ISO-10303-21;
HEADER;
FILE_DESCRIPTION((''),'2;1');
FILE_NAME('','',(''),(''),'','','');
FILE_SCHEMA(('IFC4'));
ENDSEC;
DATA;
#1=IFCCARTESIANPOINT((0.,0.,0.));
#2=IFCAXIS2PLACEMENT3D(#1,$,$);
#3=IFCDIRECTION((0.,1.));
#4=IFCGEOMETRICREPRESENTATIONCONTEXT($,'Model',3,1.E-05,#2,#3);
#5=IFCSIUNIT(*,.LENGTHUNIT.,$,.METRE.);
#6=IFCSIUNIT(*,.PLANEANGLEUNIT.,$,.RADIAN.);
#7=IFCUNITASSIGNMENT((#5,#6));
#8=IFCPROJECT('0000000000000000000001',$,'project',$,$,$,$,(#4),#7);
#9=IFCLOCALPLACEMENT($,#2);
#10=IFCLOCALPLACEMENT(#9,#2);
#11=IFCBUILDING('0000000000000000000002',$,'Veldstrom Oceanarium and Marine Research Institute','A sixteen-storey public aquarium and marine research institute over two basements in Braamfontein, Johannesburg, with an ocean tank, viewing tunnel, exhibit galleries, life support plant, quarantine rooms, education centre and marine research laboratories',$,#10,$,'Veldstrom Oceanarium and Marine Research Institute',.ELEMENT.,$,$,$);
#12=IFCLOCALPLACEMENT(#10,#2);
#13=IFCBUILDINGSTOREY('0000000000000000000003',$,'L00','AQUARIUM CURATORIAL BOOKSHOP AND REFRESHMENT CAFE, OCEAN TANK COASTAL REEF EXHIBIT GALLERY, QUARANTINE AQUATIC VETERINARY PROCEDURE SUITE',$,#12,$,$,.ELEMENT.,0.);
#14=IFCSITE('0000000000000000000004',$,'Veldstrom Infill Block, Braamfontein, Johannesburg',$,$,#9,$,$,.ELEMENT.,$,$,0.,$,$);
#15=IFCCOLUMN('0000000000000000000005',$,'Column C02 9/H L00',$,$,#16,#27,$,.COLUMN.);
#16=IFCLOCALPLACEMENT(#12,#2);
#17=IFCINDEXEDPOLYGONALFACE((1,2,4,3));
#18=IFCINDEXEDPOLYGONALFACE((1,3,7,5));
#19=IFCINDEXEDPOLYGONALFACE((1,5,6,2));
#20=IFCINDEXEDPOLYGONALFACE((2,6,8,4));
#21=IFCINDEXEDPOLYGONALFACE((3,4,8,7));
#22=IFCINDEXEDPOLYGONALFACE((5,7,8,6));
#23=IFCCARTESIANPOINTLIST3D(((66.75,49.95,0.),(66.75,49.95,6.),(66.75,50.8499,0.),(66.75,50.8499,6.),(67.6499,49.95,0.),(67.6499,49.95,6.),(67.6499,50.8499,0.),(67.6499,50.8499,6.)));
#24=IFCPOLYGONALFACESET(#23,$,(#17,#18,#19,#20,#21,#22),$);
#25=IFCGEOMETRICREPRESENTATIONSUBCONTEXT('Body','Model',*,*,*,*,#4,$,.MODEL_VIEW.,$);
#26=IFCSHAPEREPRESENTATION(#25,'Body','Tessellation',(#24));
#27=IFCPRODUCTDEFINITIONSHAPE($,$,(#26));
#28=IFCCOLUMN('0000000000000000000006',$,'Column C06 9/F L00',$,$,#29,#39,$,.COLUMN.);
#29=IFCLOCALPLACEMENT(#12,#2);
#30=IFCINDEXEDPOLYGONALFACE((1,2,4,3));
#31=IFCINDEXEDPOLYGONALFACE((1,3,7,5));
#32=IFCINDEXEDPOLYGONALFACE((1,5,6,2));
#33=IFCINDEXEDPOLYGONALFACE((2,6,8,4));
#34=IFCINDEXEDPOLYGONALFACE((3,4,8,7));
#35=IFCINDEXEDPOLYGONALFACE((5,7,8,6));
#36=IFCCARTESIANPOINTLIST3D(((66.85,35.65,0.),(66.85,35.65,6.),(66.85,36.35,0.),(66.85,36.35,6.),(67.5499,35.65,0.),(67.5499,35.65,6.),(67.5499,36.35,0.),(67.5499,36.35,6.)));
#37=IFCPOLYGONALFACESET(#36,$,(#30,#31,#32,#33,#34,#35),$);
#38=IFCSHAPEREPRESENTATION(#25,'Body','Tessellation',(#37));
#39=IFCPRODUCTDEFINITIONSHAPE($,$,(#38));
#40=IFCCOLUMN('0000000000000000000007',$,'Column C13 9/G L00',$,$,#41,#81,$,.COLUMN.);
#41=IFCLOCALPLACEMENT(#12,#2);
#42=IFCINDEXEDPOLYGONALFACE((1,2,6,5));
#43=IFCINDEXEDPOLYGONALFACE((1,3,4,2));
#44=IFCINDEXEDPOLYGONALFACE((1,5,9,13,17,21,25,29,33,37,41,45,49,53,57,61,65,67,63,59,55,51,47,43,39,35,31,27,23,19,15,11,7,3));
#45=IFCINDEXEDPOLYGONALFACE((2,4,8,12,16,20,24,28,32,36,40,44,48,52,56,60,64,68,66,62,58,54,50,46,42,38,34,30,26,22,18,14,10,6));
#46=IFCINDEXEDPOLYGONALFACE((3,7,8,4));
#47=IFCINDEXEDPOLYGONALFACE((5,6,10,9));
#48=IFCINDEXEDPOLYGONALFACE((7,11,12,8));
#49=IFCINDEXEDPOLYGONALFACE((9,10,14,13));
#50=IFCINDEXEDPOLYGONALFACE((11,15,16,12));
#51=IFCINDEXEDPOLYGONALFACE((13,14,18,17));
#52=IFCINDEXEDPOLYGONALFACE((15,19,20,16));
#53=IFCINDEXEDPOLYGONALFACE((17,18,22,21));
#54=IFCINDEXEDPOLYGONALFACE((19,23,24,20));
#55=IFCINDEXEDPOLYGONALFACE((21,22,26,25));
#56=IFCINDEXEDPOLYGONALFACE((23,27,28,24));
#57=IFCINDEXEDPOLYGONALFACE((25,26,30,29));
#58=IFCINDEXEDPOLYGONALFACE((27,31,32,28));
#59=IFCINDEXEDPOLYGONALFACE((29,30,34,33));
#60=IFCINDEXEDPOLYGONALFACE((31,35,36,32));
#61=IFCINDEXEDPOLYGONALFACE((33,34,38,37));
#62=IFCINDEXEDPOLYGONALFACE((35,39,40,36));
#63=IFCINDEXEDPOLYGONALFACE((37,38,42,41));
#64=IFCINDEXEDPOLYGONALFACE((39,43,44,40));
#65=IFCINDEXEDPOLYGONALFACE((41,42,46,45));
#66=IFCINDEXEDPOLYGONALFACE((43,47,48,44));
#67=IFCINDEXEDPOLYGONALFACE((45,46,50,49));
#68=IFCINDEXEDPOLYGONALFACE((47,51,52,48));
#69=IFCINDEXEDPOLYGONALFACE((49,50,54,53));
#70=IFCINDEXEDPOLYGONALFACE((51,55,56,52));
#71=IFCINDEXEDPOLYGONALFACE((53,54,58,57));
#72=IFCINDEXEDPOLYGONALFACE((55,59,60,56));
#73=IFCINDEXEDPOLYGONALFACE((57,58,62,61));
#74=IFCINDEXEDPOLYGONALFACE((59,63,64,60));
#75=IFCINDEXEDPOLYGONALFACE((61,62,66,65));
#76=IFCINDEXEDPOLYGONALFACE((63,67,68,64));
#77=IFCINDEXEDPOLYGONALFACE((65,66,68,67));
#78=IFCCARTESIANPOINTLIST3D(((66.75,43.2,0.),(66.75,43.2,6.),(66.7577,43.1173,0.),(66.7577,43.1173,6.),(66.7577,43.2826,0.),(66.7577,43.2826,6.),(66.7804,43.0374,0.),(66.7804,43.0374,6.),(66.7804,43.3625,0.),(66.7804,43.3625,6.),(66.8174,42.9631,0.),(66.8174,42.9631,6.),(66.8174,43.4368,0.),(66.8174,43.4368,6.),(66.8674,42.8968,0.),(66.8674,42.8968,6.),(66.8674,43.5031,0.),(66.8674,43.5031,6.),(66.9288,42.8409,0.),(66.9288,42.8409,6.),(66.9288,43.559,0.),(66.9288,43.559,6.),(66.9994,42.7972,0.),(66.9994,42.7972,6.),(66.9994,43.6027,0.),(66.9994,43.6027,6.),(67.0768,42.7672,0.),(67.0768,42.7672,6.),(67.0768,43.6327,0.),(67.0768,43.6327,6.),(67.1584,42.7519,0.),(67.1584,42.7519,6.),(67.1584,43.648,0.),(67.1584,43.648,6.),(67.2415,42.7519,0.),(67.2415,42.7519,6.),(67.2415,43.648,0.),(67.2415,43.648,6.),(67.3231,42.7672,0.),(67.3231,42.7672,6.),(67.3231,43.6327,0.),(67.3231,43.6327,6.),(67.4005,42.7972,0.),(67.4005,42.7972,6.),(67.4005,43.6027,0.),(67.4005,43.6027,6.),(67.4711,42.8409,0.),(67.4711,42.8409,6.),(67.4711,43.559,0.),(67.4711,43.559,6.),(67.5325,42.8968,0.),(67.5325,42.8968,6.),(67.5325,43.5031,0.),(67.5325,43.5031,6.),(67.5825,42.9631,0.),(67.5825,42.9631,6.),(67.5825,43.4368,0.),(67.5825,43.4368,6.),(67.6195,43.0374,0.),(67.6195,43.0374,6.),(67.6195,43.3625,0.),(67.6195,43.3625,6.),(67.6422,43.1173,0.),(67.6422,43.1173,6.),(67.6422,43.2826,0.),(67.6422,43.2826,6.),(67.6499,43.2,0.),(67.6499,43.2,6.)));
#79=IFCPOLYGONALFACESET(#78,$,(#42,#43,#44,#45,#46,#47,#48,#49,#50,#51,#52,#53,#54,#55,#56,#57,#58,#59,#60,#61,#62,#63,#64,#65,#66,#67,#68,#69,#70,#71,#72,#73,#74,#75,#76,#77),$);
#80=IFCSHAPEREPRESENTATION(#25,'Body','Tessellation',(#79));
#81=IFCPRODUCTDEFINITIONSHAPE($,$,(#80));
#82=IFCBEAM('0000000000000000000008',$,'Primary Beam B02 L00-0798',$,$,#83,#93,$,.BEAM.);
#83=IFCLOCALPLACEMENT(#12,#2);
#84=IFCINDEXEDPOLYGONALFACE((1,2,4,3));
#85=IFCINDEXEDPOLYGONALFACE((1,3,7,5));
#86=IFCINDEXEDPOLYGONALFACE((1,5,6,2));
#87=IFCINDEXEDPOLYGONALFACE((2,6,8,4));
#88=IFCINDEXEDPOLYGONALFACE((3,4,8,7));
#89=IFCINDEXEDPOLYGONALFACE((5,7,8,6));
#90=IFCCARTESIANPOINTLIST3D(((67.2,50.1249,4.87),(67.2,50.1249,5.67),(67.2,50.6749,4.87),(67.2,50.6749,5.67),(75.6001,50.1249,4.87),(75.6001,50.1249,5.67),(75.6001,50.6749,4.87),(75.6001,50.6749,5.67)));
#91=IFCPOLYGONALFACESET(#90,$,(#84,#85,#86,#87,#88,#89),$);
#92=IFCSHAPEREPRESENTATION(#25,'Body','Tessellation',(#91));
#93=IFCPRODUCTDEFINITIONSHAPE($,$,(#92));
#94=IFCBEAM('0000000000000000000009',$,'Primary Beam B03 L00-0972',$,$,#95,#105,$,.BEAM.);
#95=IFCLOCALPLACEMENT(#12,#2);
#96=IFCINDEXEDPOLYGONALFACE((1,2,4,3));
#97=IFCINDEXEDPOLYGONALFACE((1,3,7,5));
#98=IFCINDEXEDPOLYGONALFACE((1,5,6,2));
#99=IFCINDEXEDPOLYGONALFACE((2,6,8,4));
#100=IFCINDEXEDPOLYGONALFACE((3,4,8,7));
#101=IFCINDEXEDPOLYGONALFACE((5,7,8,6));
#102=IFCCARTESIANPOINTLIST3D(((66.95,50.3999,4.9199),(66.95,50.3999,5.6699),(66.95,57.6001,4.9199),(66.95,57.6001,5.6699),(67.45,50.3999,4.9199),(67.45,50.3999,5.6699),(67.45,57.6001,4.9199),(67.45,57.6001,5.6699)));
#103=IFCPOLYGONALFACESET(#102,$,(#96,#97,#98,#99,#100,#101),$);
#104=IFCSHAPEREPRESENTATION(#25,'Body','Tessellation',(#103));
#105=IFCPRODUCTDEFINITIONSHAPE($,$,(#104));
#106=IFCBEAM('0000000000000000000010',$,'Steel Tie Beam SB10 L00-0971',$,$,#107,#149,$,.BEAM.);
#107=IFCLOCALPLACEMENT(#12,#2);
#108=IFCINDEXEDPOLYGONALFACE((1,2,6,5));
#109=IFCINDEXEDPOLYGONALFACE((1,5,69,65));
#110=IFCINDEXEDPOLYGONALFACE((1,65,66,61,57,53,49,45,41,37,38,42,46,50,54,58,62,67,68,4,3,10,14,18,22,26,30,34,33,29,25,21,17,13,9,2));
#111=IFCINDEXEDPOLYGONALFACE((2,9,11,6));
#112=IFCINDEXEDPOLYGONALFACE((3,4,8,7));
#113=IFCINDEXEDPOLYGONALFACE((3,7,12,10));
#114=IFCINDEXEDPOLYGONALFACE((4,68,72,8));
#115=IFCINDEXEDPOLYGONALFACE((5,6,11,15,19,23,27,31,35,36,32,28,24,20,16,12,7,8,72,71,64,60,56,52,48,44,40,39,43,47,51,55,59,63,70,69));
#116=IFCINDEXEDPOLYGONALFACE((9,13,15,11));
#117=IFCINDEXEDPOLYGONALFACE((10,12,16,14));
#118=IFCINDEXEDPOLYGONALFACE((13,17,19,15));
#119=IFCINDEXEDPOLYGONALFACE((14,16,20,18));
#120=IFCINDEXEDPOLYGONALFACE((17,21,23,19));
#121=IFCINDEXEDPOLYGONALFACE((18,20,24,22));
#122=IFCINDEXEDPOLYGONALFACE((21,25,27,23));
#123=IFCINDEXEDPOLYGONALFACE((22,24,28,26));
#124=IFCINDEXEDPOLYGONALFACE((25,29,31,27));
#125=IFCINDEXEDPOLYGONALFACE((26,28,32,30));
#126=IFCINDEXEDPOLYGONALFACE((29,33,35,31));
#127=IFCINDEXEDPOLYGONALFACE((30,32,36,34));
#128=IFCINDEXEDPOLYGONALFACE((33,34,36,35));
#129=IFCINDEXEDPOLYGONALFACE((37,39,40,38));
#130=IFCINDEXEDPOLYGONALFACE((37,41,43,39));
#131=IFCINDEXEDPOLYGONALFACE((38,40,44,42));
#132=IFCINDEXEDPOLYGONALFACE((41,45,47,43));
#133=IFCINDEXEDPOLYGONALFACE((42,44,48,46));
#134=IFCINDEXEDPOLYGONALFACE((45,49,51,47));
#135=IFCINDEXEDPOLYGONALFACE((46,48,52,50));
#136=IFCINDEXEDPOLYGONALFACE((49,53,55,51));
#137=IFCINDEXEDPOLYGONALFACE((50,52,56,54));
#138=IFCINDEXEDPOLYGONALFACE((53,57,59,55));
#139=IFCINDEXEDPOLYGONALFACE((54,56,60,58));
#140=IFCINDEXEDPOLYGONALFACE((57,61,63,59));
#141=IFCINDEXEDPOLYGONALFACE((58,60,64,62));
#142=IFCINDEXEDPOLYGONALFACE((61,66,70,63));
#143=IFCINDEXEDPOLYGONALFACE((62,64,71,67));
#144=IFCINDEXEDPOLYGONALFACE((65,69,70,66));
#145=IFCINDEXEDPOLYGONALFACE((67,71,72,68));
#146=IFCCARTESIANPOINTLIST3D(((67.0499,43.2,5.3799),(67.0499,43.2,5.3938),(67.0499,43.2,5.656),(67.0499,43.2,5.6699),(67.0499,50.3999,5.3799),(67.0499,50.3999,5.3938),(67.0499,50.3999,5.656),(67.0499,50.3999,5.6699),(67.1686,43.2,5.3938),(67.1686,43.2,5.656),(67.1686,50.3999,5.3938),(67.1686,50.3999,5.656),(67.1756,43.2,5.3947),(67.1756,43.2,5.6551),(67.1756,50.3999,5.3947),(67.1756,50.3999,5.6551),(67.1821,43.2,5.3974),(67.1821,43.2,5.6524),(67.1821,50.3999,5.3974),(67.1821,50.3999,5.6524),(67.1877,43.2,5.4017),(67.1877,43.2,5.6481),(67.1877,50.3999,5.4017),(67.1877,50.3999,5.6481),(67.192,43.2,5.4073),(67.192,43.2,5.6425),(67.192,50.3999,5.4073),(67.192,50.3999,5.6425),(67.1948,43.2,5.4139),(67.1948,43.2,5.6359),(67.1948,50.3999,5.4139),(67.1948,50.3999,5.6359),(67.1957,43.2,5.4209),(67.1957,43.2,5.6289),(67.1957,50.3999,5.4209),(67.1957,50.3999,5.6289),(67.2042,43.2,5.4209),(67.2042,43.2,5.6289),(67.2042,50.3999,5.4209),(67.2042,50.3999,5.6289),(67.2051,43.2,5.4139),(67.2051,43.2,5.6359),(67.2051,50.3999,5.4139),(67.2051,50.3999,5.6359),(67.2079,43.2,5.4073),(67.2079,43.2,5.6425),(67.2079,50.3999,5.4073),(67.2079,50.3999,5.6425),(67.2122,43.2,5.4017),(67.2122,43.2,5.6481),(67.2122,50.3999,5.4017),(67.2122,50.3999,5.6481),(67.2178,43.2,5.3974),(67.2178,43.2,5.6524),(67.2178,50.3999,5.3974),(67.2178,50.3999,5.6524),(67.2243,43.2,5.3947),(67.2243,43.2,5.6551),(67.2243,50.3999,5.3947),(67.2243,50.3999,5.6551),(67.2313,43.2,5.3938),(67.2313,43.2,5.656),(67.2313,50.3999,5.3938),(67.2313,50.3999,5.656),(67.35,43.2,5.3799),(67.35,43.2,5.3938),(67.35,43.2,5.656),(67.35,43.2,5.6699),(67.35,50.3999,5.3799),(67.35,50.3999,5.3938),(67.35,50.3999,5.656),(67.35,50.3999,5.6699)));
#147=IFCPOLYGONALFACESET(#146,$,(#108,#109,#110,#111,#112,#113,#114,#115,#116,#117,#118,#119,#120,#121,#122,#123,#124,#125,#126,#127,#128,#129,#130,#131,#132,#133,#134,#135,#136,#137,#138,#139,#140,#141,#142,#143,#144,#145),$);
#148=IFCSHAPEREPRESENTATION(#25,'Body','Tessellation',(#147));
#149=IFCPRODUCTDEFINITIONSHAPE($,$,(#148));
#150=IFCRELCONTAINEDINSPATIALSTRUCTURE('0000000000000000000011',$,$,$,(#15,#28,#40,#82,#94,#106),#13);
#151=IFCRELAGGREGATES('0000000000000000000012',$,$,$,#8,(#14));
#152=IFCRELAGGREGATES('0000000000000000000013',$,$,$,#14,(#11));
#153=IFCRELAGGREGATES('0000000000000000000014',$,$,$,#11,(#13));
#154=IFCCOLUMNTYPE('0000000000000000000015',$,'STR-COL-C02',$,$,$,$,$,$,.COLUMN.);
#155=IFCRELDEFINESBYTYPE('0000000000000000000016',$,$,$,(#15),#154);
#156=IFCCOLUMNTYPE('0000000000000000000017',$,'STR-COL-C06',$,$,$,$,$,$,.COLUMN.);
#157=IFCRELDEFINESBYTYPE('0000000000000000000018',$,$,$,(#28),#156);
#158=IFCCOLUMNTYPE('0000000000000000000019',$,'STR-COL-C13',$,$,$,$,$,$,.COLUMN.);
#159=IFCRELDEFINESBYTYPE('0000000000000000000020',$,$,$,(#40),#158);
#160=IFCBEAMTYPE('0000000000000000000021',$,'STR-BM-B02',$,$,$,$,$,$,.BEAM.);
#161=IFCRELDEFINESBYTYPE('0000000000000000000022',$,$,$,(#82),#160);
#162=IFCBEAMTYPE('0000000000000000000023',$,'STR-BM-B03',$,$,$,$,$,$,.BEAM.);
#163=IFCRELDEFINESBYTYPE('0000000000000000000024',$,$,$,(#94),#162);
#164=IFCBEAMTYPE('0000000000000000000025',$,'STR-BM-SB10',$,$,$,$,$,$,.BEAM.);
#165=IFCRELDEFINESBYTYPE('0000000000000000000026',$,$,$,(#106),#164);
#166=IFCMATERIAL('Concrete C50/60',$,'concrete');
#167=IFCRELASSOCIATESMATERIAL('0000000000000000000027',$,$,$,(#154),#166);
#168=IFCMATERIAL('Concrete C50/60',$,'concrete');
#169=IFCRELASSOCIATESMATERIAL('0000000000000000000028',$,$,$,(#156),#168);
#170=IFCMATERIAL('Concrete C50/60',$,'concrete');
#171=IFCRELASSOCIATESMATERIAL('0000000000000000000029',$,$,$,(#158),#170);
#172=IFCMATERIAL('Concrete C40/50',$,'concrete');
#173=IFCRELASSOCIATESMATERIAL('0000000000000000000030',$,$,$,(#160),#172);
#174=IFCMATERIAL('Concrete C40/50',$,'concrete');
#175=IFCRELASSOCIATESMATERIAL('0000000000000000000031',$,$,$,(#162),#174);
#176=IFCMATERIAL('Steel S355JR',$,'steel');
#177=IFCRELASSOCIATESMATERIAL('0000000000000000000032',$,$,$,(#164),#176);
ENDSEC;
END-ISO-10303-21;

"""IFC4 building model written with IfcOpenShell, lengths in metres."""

from ifc_helpers import new_model, si_unit, direction, frame, origin, origin_2d, place, context, subcontext, project, spatial, rectangle, circle, i_section, extrude, material, material_profile, profile_set, type_object, element, save


model = new_model("IFC4")

# Units and contexts
model_context = context("Model", 3, precision=1e-05, world=origin(), true_north=direction((0.0, 1.0)))
body_context = subcontext(model_context, "Body", "Model", "MODEL_VIEW")
ifc_project = project(units=[si_unit("LENGTHUNIT", "METRE"), si_unit("PLANEANGLEUNIT", "RADIAN")], contexts=[model_context])

# Site, building, storey
site_placement = place(None, origin())
site = spatial("IfcSite", under=ifc_project, at=site_placement, Name="Veldstrom Infill Block, Braamfontein, Johannesburg", CompositionType="ELEMENT", RefElevation=0.0)
building_placement = place(site_placement, origin())
building = spatial("IfcBuilding", under=site, at=building_placement, Name="Veldstrom Oceanarium and Marine Research Institute", Description="A sixteen-storey public aquarium and marine research institute over two basements in Braamfontein, Johannesburg, with an ocean tank, viewing tunnel, exhibit galleries, life support plant, quarantine rooms, education centre and marine research laboratories", LongName="Veldstrom Oceanarium and Marine Research Institute", CompositionType="ELEMENT")
storey_placement = place(building_placement, origin())
storey = spatial("IfcBuildingStorey", under=building, at=storey_placement, Name="L00", Description="AQUARIUM CURATORIAL BOOKSHOP AND REFRESHMENT CAFE, OCEAN TANK COASTAL REEF EXHIBIT GALLERY, QUARANTINE AQUATIC VETERINARY PROCEDURE SUITE", CompositionType="ELEMENT", Elevation=0.0)

# Columns
ifc_material_1 = material(Name="Concrete C50/60", Category="concrete")
ifc_material_profile_1 = material_profile(ifc_material_1, rectangle(XDim=0.8999, YDim=0.8999, at=origin_2d()), Name="RC-COL-900x900")
ifc_profile_set_1 = profile_set([ifc_material_profile_1], Name="Concrete C50/60")
column_type_1 = type_object("IfcColumnType", Name="STR-COL-C02", PredefinedType="COLUMN", material=ifc_profile_set_1)
column_1_placement = place(storey_placement, frame((67.2, 50.3999, 0.0), z_axis=(0.0, 0.0, 1.0), x_axis=(1.0, 0.0, 0.0)))
element("IfcColumn", 1, at=column_1_placement, inside=storey, type_object=column_type_1, Name="Column C02 9/H L00", PredefinedType="COLUMN", context=body_context, shape_type="SweptSolid", body=[
    extrude(rectangle(XDim=0.8999, YDim=0.8999, at=origin_2d()), origin(), (0.0, 0.0, 1.0), 6.0),
])
ifc_material_2 = material(Name="Concrete C50/60", Category="concrete")
ifc_material_profile_2 = material_profile(ifc_material_2, rectangle(XDim=0.7, YDim=0.7, at=origin_2d()), Name="RC-COL-700x700")
ifc_profile_set_2 = profile_set([ifc_material_profile_2], Name="Concrete C50/60")
column_type_2 = type_object("IfcColumnType", Name="STR-COL-C06", PredefinedType="COLUMN", material=ifc_profile_set_2)
column_2_placement = place(storey_placement, frame((67.2, 36.0, 0.0), z_axis=(0.0, 0.0, 1.0), x_axis=(1.0, 0.0, 0.0)))
element("IfcColumn", 2, at=column_2_placement, inside=storey, type_object=column_type_2, Name="Column C06 9/F L00", PredefinedType="COLUMN", context=body_context, shape_type="SweptSolid", body=[
    extrude(rectangle(XDim=0.7, YDim=0.7, at=origin_2d()), origin(), (0.0, 0.0, 1.0), 6.0),
])
ifc_material_3 = material(Name="Concrete C50/60", Category="concrete")
ifc_material_profile_3 = material_profile(ifc_material_3, circle(Radius=0.45, at=origin_2d()), Name="RC-COL-D900")
ifc_profile_set_3 = profile_set([ifc_material_profile_3], Name="Concrete C50/60")
column_type_3 = type_object("IfcColumnType", Name="STR-COL-C13", PredefinedType="COLUMN", material=ifc_profile_set_3)
column_3_placement = place(storey_placement, frame((67.2, 43.2, 0.0), z_axis=(0.0, 0.0, 1.0), x_axis=(1.0, 0.0, 0.0)))
element("IfcColumn", 3, at=column_3_placement, inside=storey, type_object=column_type_3, Name="Column C13 9/G L00", PredefinedType="COLUMN", context=body_context, shape_type="SweptSolid", body=[
    extrude(circle(Radius=0.45, at=origin_2d()), origin(), (0.0, 0.0, 1.0), 6.0),
])

# Beams
ifc_material_4 = material(Name="Concrete C40/50", Category="concrete")
ifc_material_profile_4 = material_profile(ifc_material_4, rectangle(XDim=0.55, YDim=0.8, at=origin_2d()), Name="RC-BM-550x800")
ifc_profile_set_4 = profile_set([ifc_material_profile_4], Name="Concrete C40/50")
beam_type_1 = type_object("IfcBeamType", Name="STR-BM-B02", PredefinedType="BEAM", material=ifc_profile_set_4)
beam_1_placement = place(storey_placement, frame((67.2, 50.3999, 5.27), z_axis=(1.0, 0.0, 0.0), x_axis=(0.0, 1.0, 0.0)))
element("IfcBeam", 4, at=beam_1_placement, inside=storey, type_object=beam_type_1, Name="Primary Beam B02 L00-0798", PredefinedType="BEAM", context=body_context, shape_type="SweptSolid", body=[
    extrude(rectangle(XDim=0.55, YDim=0.8, at=origin_2d()), origin(), (0.0, 0.0, 1.0), 8.4001),
])
ifc_material_5 = material(Name="Concrete C40/50", Category="concrete")
ifc_material_profile_5 = material_profile(ifc_material_5, rectangle(XDim=0.5, YDim=0.75, at=origin_2d()), Name="RC-BM-500x750")
ifc_profile_set_5 = profile_set([ifc_material_profile_5], Name="Concrete C40/50")
beam_type_2 = type_object("IfcBeamType", Name="STR-BM-B03", PredefinedType="BEAM", material=ifc_profile_set_5)
beam_2_placement = place(storey_placement, frame((67.2, 50.3999, 5.2949), z_axis=(0.0, 1.0, 0.0), x_axis=(-1.0, 0.0, 0.0)))
element("IfcBeam", 5, at=beam_2_placement, inside=storey, type_object=beam_type_2, Name="Primary Beam B03 L00-0972", PredefinedType="BEAM", context=body_context, shape_type="SweptSolid", body=[
    extrude(rectangle(XDim=0.5, YDim=0.75, at=origin_2d()), origin(), (0.0, 0.0, 1.0), 7.2002),
])
ifc_material_6 = material(Name="Steel S355JR", Category="steel")
ifc_material_profile_6 = material_profile(ifc_material_6, i_section(OverallWidth=0.3, OverallDepth=0.29, WebThickness=0.0085, FlangeThickness=0.0139, FilletRadius=0.0271, at=origin_2d()), Name="HEA 300")
ifc_profile_set_6 = profile_set([ifc_material_profile_6], Name="Steel S355JR")
beam_type_3 = type_object("IfcBeamType", Name="STR-BM-SB10", PredefinedType="BEAM", material=ifc_profile_set_6)
beam_3_placement = place(storey_placement, frame((67.2, 43.2, 5.5249), z_axis=(0.0, 1.0, 0.0), x_axis=(-1.0, 0.0, 0.0)))
element("IfcBeam", 6, at=beam_3_placement, inside=storey, type_object=beam_type_3, Name="Steel Tie Beam SB10 L00-0971", PredefinedType="BEAM", context=body_context, shape_type="SweptSolid", body=[
    extrude(i_section(OverallWidth=0.3, OverallDepth=0.29, WebThickness=0.0085, FlangeThickness=0.0139, FilletRadius=0.0271, at=origin_2d()), origin(), (0.0, 0.0, 1.0), 7.2),
])

save(model, "model.ifc")
